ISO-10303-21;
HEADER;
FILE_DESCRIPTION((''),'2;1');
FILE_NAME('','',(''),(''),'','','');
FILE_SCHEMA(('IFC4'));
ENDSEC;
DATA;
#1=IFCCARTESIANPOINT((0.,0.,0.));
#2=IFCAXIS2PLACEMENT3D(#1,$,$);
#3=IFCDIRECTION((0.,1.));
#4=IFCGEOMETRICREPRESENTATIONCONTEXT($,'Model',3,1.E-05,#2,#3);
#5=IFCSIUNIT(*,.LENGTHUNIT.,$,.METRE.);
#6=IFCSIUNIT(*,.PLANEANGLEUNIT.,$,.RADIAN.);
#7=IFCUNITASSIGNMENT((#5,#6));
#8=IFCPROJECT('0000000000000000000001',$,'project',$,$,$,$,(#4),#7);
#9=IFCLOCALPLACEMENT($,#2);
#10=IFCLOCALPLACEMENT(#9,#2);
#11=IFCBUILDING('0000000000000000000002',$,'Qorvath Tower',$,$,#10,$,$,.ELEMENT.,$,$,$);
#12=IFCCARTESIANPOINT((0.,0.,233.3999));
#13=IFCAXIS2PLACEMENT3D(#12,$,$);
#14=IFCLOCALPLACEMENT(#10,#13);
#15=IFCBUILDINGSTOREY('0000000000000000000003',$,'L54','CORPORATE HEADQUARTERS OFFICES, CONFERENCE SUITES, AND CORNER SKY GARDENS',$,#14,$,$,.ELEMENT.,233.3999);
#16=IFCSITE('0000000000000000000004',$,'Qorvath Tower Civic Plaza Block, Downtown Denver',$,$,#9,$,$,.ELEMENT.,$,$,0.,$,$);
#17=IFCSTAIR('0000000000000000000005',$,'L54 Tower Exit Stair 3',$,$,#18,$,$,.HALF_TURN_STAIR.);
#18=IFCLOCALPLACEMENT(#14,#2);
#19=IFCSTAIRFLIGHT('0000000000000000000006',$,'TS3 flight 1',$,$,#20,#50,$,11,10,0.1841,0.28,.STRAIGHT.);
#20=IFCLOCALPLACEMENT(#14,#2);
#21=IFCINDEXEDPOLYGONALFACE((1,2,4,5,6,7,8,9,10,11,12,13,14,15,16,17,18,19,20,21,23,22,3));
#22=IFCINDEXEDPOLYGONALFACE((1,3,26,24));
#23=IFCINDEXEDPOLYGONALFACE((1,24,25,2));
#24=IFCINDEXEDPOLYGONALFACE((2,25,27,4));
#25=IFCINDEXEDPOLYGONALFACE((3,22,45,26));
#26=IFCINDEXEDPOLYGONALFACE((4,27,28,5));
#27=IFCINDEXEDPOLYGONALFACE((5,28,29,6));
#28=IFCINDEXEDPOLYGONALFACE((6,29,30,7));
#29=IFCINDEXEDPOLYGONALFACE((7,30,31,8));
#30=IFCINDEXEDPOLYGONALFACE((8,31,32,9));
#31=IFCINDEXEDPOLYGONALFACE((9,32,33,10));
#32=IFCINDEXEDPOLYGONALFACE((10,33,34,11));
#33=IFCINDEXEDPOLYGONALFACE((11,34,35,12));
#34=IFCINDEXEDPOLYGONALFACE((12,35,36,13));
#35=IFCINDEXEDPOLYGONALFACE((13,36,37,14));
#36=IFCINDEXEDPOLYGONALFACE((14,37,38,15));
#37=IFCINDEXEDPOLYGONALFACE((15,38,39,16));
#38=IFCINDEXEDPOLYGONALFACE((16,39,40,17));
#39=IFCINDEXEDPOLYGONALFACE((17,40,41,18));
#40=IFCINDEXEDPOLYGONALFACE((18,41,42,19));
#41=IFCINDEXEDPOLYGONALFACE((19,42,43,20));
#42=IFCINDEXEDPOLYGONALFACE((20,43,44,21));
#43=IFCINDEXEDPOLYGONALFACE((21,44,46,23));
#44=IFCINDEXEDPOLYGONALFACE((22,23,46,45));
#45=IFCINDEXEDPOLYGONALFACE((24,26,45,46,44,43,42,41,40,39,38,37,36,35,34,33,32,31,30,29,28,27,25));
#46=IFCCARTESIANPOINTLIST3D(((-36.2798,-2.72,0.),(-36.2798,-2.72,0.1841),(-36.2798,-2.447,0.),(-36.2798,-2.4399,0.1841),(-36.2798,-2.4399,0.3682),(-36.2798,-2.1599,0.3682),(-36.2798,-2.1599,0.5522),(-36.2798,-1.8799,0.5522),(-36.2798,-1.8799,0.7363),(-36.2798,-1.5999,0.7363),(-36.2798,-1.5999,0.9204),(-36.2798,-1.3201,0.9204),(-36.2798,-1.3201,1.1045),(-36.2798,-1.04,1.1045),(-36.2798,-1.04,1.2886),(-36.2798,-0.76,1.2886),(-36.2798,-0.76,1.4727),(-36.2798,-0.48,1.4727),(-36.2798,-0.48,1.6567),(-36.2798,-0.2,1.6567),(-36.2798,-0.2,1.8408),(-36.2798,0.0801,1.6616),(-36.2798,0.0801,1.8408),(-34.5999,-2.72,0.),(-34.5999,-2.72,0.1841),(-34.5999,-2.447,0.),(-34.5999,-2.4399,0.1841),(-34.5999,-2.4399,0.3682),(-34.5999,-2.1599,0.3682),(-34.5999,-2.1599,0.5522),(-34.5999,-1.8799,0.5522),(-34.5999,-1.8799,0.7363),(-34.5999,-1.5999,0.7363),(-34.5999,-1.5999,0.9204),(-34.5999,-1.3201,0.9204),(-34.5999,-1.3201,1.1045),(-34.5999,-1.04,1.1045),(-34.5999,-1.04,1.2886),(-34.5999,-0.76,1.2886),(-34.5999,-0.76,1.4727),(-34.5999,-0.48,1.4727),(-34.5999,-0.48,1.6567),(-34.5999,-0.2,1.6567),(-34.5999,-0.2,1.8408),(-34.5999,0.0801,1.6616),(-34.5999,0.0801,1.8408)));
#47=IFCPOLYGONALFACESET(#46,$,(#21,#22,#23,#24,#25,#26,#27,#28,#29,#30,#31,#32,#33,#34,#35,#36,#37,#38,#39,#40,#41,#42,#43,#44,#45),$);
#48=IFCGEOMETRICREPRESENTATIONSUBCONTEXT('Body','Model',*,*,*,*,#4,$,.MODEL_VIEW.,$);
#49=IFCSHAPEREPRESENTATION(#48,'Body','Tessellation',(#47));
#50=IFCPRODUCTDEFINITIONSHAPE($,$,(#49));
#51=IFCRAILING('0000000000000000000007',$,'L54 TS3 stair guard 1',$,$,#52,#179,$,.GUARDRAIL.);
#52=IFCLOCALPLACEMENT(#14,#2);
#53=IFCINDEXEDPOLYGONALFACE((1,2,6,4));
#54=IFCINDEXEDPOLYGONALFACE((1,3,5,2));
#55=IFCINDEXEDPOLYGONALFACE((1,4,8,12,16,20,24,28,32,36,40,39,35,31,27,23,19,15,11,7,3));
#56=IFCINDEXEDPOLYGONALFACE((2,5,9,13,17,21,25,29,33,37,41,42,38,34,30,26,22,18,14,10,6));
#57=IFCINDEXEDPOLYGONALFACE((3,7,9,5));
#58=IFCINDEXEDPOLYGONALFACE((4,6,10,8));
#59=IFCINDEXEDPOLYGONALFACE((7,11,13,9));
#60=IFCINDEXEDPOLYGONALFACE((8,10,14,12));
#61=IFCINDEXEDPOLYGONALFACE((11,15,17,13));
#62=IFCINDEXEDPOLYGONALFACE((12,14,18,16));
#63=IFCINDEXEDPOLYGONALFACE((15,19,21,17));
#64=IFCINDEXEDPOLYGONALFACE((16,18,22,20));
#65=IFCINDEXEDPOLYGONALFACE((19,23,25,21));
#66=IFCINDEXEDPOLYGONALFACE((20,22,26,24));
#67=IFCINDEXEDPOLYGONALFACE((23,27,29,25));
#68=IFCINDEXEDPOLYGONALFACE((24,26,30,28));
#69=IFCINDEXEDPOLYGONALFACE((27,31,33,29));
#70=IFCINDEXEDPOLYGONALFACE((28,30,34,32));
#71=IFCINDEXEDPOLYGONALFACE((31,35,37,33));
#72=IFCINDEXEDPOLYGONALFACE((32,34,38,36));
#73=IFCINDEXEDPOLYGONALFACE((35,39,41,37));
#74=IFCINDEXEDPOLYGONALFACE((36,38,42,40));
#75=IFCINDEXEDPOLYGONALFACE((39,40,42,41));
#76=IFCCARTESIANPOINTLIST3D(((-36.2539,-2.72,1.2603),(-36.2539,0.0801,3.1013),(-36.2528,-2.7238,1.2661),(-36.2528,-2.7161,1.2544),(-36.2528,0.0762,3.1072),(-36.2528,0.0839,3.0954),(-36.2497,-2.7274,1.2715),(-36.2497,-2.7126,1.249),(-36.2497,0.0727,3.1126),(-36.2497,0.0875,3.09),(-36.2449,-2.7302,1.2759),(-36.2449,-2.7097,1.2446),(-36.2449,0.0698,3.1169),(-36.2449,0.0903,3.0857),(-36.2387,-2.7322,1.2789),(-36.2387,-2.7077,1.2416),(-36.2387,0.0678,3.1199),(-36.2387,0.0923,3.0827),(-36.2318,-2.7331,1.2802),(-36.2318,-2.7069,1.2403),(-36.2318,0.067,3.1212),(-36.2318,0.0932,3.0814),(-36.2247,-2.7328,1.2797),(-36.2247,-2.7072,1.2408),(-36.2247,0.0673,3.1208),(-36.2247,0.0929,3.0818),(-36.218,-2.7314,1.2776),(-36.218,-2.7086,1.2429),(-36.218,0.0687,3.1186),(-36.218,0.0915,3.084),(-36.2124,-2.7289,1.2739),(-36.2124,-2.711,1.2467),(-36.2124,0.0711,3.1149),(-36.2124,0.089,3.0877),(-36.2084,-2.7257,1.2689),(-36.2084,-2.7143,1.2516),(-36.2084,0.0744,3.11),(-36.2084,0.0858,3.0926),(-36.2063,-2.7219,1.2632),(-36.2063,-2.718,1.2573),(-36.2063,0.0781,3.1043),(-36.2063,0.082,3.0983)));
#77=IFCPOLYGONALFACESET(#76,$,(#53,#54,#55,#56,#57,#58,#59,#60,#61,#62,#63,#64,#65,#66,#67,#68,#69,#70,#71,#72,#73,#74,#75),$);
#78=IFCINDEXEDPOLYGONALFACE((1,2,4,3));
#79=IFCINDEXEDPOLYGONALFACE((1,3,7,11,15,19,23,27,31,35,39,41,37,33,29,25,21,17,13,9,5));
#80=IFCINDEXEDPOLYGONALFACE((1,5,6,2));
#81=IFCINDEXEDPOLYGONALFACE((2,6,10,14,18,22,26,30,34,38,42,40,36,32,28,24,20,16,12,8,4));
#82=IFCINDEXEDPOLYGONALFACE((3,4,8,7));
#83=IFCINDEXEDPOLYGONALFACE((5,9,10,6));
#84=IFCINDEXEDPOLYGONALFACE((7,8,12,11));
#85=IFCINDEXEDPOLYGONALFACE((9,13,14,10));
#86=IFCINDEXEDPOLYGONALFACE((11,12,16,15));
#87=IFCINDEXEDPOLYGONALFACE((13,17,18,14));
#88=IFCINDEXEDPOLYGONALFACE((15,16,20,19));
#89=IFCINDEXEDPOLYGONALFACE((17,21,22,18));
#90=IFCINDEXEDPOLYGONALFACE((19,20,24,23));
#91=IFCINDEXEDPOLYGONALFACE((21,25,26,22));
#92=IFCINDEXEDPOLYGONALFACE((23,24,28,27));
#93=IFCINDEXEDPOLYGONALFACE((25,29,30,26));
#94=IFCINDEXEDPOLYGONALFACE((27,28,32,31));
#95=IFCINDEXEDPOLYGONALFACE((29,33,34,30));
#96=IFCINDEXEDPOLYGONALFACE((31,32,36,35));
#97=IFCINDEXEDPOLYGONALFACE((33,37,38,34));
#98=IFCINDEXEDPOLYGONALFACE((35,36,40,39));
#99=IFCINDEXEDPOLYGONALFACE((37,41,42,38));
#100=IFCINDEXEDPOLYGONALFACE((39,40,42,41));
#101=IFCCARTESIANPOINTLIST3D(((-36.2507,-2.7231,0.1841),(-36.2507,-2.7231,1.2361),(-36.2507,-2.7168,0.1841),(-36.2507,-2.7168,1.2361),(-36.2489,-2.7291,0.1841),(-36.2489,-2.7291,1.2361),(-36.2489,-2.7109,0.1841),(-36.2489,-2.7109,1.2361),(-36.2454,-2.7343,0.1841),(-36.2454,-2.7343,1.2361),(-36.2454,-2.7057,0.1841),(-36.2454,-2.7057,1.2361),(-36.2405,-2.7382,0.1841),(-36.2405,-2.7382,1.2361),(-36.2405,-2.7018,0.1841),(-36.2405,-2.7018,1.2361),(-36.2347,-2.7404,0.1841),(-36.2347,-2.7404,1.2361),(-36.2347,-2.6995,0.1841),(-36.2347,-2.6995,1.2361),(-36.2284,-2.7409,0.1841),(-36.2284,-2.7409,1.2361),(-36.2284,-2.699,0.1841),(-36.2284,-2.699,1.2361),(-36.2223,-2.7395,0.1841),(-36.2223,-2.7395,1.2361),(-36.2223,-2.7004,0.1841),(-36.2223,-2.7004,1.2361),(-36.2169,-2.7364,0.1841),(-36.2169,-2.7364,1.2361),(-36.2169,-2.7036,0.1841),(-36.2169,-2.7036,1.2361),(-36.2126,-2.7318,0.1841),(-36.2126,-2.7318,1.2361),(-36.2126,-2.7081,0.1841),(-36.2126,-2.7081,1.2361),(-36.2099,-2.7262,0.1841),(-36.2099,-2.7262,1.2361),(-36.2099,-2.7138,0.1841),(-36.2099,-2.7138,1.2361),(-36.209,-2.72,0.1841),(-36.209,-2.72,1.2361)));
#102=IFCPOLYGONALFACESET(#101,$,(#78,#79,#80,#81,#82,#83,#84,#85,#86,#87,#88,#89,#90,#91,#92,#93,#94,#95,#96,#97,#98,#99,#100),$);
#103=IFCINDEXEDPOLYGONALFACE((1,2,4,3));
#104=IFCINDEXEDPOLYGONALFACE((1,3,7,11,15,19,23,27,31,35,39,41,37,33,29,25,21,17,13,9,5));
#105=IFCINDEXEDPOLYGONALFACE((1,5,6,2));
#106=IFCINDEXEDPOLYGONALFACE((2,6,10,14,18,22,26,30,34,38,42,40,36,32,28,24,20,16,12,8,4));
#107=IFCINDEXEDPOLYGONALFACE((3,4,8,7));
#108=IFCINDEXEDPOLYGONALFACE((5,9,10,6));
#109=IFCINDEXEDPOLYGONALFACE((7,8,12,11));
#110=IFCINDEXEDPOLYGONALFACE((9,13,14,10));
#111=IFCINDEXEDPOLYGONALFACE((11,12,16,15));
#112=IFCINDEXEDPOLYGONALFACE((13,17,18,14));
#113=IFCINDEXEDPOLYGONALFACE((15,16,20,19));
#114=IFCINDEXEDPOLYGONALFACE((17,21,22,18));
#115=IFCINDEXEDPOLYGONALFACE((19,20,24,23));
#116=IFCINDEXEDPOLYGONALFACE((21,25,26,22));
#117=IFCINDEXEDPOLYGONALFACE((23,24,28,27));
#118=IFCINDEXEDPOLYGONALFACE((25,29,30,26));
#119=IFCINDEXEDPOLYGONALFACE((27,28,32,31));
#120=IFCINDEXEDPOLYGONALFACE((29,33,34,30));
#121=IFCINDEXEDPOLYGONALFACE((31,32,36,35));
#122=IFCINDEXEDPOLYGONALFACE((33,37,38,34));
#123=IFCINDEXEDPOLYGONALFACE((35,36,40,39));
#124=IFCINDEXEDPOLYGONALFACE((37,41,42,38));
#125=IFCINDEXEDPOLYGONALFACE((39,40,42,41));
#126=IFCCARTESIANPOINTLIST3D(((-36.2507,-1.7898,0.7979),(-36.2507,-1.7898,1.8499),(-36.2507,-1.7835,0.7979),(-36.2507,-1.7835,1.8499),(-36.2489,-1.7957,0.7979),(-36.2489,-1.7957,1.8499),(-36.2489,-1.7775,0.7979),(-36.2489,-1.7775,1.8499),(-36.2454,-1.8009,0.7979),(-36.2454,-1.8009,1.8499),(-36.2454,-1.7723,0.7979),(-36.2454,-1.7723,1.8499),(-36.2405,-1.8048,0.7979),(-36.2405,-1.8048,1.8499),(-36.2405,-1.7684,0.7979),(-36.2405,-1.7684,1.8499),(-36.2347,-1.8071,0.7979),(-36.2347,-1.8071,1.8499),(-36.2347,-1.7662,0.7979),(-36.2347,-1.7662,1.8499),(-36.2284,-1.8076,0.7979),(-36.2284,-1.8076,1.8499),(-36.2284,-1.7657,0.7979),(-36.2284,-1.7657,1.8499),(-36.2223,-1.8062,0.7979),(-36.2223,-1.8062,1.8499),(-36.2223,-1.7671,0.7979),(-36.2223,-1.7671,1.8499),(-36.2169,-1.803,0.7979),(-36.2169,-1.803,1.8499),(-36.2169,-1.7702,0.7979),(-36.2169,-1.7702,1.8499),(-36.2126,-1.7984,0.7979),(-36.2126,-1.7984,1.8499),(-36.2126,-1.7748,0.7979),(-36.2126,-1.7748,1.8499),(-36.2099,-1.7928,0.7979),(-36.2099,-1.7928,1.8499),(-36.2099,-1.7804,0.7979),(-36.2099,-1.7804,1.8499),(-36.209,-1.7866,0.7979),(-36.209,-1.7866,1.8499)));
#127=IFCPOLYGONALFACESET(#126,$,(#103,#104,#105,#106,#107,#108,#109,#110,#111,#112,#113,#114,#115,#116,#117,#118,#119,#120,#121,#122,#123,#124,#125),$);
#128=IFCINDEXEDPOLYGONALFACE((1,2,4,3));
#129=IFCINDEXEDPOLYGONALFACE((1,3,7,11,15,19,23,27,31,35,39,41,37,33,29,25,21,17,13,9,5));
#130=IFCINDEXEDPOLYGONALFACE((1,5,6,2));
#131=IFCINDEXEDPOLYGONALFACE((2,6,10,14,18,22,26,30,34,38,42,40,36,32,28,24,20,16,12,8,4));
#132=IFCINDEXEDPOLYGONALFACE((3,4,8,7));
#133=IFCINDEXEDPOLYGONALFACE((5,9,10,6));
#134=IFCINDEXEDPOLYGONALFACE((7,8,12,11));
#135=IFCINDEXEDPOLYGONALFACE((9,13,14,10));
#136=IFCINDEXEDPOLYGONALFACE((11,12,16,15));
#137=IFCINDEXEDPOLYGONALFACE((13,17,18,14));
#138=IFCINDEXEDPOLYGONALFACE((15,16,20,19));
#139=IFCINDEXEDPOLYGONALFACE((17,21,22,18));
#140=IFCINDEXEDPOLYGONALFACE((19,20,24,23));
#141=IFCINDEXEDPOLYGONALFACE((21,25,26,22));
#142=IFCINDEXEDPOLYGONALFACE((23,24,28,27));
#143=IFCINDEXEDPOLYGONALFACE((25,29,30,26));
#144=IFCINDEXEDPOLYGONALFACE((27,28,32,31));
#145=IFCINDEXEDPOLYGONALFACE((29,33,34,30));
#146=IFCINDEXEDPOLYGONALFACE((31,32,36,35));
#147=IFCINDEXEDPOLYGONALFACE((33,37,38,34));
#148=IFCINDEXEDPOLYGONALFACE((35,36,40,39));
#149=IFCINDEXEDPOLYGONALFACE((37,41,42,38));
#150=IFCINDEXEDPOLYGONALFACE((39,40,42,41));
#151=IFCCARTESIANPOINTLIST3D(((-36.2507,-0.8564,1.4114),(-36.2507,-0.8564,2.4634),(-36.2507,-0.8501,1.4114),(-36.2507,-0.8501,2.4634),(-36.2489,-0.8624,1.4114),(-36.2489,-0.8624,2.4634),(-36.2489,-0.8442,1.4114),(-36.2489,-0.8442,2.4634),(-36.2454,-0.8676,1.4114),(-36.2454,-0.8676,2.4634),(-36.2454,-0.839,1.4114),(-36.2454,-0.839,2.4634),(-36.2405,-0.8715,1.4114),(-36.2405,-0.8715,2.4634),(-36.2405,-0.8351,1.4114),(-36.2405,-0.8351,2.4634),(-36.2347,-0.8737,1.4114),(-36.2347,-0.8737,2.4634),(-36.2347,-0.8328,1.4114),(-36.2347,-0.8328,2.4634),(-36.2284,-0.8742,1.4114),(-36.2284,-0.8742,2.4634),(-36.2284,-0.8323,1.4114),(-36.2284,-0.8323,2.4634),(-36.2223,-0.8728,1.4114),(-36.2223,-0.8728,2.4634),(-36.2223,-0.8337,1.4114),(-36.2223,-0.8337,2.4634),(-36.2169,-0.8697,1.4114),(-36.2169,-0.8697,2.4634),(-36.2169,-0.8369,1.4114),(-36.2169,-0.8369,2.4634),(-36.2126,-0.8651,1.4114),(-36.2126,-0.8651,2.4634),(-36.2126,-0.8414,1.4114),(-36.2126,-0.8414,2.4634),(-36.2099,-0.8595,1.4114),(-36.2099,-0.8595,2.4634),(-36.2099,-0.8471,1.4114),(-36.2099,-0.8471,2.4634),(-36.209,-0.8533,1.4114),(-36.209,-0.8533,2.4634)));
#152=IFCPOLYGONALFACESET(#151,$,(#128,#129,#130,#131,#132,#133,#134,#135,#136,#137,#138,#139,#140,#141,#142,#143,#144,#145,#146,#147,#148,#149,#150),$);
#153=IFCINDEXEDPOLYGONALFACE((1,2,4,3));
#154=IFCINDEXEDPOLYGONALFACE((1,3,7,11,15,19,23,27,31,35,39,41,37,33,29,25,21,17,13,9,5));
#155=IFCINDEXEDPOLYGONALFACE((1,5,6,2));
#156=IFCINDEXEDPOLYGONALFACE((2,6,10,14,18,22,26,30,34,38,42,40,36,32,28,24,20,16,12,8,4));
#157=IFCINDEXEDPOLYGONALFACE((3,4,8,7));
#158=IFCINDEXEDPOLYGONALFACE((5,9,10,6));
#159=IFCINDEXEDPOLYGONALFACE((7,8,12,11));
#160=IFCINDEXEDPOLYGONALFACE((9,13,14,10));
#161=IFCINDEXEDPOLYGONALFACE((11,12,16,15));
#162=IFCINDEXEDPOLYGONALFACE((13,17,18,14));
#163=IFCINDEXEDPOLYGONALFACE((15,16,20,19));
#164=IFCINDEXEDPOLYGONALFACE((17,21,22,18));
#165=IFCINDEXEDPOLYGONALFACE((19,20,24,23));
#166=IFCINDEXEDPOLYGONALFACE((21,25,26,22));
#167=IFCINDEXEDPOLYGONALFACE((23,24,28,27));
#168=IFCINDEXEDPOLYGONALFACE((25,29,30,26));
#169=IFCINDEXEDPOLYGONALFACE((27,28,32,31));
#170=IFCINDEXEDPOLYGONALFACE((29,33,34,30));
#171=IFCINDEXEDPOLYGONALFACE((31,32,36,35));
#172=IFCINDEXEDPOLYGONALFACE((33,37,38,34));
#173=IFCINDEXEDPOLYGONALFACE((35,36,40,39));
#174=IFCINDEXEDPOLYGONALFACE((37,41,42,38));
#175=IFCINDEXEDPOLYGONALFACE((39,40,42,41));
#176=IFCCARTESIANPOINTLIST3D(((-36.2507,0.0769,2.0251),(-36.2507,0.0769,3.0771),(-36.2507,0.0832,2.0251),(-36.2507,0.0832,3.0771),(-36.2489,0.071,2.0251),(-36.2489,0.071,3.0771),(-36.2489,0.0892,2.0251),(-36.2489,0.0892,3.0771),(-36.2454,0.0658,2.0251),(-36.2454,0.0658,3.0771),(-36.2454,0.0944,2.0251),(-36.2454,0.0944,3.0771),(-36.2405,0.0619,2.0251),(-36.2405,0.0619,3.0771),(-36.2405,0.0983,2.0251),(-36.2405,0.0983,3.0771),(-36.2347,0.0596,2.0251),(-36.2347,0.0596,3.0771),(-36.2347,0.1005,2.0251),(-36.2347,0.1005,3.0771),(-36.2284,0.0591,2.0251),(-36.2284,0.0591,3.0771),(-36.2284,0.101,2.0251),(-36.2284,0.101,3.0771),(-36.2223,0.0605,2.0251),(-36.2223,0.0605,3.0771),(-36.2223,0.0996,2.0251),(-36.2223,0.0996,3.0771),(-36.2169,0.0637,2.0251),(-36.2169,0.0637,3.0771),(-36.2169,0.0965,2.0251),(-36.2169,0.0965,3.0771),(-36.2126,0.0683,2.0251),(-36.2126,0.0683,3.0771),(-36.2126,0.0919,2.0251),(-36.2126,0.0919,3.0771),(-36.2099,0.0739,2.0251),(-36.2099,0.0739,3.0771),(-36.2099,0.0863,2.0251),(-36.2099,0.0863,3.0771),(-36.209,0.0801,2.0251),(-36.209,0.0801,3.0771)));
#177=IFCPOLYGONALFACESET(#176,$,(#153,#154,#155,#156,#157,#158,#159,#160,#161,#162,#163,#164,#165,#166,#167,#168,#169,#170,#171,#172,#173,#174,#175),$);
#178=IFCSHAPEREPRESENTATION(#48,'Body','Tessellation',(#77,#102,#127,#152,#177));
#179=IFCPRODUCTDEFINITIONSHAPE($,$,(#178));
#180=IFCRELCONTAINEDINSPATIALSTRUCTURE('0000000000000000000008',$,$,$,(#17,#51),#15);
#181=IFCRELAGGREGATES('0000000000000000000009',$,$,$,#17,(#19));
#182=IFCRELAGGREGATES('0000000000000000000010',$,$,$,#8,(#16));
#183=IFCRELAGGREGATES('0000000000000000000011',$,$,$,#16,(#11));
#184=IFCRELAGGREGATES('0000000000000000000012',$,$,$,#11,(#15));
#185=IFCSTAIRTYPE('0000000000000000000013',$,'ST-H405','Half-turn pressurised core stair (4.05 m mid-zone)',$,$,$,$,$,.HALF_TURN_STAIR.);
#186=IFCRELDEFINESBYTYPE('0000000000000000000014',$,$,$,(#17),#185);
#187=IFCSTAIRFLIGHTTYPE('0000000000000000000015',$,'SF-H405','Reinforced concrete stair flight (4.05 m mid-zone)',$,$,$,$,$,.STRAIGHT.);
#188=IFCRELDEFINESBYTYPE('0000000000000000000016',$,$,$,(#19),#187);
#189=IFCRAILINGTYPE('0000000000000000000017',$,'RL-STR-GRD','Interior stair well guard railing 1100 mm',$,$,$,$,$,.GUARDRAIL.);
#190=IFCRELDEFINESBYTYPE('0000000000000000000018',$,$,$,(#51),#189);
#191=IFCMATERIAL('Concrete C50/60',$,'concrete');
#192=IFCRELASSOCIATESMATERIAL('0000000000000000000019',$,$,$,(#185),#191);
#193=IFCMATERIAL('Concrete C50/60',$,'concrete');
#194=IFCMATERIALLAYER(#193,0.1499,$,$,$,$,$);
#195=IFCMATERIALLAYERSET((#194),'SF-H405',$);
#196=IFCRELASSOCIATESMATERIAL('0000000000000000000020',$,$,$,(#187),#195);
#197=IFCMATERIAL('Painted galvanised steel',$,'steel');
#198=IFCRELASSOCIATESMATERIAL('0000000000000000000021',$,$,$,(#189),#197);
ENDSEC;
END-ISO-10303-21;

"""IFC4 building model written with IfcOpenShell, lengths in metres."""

from ifc_helpers import new_model, si_unit, direction, frame, origin, origin_2d, place, context, subcontext, project, spatial, polyline, circle, outline, extrude, material, layer, layer_set, type_object, element, aggregate, save


model = new_model("IFC4")

# Units and contexts
model_context = context("Model", 3, precision=1e-05, world=origin(), true_north=direction((0.0, 1.0)))
body_context = subcontext(model_context, "Body", "Model", "MODEL_VIEW")
ifc_project = project(units=[si_unit("LENGTHUNIT", "METRE"), si_unit("PLANEANGLEUNIT", "RADIAN")], contexts=[model_context])

# Site, building, storey
site_placement = place(None, origin())
site = spatial("IfcSite", under=ifc_project, at=site_placement, Name="Qorvath Tower Civic Plaza Block, Downtown Denver", CompositionType="ELEMENT", RefElevation=0.0)
building_placement = place(site_placement, origin())
building = spatial("IfcBuilding", under=site, at=building_placement, Name="Qorvath Tower", CompositionType="ELEMENT")
storey_placement = place(building_placement, frame((0.0, 0.0, 233.3999)))
storey = spatial("IfcBuildingStorey", under=building, at=storey_placement, Name="L54", Description="CORPORATE HEADQUARTERS OFFICES, CONFERENCE SUITES, AND CORNER SKY GARDENS", CompositionType="ELEMENT", Elevation=233.3999)

# Stair, stair flight
ifc_material_1 = material(Name="Concrete C50/60", Category="concrete")
stair_type = type_object("IfcStairType", Name="ST-H405", Description="Half-turn pressurised core stair (4.05 m mid-zone)", PredefinedType="HALF_TURN_STAIR", material=ifc_material_1)
stair_placement = place(storey_placement, origin())
stair = element("IfcStair", 1, at=stair_placement, inside=storey, type_object=stair_type, Name="L54 Tower Exit Stair 3", PredefinedType="HALF_TURN_STAIR")
ifc_material_2 = material(Name="Concrete C50/60", Category="concrete")
ifc_layer_1 = layer(ifc_material_2, 0.1499)
ifc_layer_set_1 = layer_set([ifc_layer_1], Name="SF-H405")
stair_flight_type = type_object("IfcStairFlightType", Name="SF-H405", Description="Reinforced concrete stair flight (4.05 m mid-zone)", PredefinedType="STRAIGHT", material=ifc_layer_set_1)
stair_flight_placement = place(storey_placement, frame((-35.4399, -2.72, 0.0), z_axis=(0.0, 0.0, 1.0), x_axis=(0.0, 1.0, 0.0)))
stair_flight = element("IfcStairFlight", 2, at=stair_flight_placement, type_object=stair_flight_type, Name="TS3 flight 1", NumberOfRisers=11, NumberOfTreads=10, PredefinedType="STRAIGHT", RiserHeight=0.1841, TreadLength=0.28, context=body_context, shape_type="SweptSolid", body=[
    extrude(outline(polyline([(0.0, 0.0), (0.0, 0.1841), (0.28, 0.1841), (0.28, 0.3682), (0.5601, 0.3682), (0.5601, 0.5522), (0.8401, 0.5522), (0.8401, 0.7363), (1.1201, 0.7363), (1.1201, 0.9204), (1.3999, 0.9204), (1.3999, 1.1045), (1.6799, 1.1045), (1.6799, 1.2886), (1.96, 1.2886), (1.96, 1.4727), (2.24, 1.4727), (2.24, 1.6567), (2.52, 1.6567), (2.52, 1.8408), (2.8, 1.8408), (2.8, 2.0249), (2.8, 1.6616), (0.2729, 0.0), (0.0, 0.0)])), frame((0.0, 0.8398, 0.0), z_axis=(0.0, -1.0, 0.0), x_axis=(1.0, 0.0, 0.0)), (0.0, 0.0, 1.0), 1.6799),
])
aggregate(stair, [stair_flight])

# Railing
ifc_material_3 = material(Name="Painted galvanised steel", Category="steel")
railing_type_1 = type_object("IfcRailingType", Name="RL-STR-GRD", Description="Interior stair well guard railing 1100 mm", PredefinedType="GUARDRAIL", material=ifc_material_3)
railing_1_placement = place(storey_placement, frame((-36.23, -2.72, 0.1841)))
element("IfcRailing", 3, at=railing_1_placement, inside=storey, type_object=railing_type_1, Name="L54 TS3 stair guard 1", PredefinedType="GUARDRAIL", context=body_context, shape_type="SweptSolid", body=[
    extrude(circle(Radius=0.0239, at=origin_2d()), frame((0.0, 0.0, 1.0762), z_axis=(0.0, 0.835564, 0.549393), x_axis=(-1.0, 0.0, 0.0)), (0.0, 0.0, 1.0), 3.3511),
    extrude(circle(Radius=0.021, at=origin_2d()), origin(), (0.0, 0.0, 1.0), 1.052),
    extrude(circle(Radius=0.021, at=origin_2d()), frame((0.0, 0.9333, 0.6138)), (0.0, 0.0, 1.0), 1.052),
    extrude(circle(Radius=0.021, at=origin_2d()), frame((0.0, 1.8667, 1.2273)), (0.0, 0.0, 1.0), 1.052),
    extrude(circle(Radius=0.021, at=origin_2d()), frame((0.0, 2.8, 1.8411)), (0.0, 0.0, 1.0), 1.052),
])

save(model, "model.ifc")
